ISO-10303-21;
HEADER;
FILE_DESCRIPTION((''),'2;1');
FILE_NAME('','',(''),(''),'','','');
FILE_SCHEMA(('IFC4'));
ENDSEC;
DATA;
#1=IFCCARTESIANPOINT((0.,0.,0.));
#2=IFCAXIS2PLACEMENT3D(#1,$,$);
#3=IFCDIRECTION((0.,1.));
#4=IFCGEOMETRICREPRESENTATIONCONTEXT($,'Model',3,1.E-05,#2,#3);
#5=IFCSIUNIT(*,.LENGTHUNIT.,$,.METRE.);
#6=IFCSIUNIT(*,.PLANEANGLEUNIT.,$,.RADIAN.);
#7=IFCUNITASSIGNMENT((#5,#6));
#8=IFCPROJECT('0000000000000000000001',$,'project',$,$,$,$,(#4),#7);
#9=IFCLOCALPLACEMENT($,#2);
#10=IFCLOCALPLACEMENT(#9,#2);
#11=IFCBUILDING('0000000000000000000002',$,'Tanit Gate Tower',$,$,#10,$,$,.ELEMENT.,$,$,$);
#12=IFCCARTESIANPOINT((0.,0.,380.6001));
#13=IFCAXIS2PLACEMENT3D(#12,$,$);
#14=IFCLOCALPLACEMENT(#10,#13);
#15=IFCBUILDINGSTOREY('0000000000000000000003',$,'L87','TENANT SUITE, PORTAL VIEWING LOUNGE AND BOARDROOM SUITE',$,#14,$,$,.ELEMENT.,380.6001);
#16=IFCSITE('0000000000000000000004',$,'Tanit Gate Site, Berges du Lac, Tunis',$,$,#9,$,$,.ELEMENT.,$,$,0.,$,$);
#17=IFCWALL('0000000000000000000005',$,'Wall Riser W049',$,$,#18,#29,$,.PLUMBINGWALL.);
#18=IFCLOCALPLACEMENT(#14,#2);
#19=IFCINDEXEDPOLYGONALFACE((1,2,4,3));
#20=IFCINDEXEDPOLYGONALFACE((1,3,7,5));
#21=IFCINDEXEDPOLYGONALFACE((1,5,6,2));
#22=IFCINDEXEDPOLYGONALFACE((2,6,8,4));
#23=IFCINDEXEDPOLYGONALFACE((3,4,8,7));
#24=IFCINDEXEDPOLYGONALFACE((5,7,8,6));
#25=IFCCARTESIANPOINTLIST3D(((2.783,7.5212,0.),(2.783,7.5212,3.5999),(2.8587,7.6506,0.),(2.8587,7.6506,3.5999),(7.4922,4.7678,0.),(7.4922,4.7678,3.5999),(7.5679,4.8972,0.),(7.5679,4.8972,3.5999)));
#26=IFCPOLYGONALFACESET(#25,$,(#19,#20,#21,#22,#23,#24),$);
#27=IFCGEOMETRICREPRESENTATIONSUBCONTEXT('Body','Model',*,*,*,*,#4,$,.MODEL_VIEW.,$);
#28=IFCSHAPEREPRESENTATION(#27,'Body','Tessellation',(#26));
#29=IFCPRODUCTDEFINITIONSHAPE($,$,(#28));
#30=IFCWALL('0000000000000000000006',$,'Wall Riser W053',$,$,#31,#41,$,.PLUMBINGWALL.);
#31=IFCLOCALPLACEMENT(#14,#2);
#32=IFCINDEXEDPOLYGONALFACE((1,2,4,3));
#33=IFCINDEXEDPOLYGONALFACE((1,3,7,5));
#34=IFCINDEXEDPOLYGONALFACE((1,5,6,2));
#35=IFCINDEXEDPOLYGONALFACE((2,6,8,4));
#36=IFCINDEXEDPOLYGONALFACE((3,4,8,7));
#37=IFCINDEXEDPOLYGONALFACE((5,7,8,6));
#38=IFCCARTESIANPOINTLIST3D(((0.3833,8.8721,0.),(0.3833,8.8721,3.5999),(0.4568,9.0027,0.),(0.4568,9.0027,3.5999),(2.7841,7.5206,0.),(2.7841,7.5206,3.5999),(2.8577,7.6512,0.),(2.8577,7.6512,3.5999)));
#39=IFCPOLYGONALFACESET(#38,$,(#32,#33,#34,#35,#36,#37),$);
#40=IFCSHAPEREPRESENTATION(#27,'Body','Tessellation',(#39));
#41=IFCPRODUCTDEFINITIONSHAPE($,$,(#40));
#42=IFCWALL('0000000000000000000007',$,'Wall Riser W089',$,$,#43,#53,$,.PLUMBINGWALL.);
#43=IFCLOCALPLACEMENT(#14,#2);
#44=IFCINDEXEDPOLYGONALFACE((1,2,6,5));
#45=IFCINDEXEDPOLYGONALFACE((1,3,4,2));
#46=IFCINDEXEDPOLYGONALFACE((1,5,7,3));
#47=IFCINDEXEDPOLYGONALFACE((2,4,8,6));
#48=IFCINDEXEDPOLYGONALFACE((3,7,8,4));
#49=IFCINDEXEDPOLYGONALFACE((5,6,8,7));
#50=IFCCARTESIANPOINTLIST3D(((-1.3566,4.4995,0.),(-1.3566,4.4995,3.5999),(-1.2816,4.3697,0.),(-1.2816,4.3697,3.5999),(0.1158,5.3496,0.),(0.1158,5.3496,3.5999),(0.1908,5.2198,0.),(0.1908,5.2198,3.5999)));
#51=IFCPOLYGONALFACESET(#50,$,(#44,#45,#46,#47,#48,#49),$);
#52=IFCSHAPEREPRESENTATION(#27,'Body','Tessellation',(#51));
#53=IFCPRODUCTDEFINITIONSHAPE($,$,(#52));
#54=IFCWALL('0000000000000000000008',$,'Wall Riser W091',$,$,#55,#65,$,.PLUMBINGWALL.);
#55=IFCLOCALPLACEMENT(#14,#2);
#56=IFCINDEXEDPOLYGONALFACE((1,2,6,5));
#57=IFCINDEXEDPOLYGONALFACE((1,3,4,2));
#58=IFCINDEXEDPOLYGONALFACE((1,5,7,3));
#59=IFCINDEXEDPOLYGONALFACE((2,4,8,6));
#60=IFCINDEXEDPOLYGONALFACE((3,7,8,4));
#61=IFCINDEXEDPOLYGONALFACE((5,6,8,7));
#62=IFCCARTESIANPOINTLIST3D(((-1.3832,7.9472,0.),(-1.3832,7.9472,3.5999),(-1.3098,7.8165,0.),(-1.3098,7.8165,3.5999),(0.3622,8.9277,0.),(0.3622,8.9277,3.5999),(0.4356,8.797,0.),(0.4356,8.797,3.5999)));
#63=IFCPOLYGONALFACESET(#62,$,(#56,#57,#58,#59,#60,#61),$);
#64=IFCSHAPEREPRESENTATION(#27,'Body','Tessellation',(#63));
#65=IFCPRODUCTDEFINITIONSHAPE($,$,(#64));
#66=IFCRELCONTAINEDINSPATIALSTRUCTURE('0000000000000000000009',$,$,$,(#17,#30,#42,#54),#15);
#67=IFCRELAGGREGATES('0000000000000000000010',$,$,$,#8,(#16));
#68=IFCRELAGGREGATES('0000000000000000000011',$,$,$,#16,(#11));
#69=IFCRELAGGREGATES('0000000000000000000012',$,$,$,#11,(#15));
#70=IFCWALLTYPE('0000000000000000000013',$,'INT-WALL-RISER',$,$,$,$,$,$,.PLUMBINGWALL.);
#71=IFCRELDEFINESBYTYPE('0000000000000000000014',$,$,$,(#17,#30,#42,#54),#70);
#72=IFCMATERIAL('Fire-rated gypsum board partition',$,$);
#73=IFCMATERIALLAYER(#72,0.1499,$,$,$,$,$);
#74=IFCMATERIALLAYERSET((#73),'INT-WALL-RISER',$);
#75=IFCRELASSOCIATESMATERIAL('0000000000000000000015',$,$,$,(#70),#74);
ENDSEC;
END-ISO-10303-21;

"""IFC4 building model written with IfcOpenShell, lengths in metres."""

from ifc_helpers import new_model, si_unit, direction, frame, frame_2d, origin, place, context, subcontext, project, spatial, rectangle, extrude, material, layer, layer_set, type_object, element, save


model = new_model("IFC4")

# Units and contexts
model_context = context("Model", 3, precision=1e-05, world=origin(), true_north=direction((0.0, 1.0)))
body_context = subcontext(model_context, "Body", "Model", "MODEL_VIEW")
ifc_project = project(units=[si_unit("LENGTHUNIT", "METRE"), si_unit("PLANEANGLEUNIT", "RADIAN")], contexts=[model_context])

# Site, building, storey
site_placement = place(None, origin())
site = spatial("IfcSite", under=ifc_project, at=site_placement, Name="Tanit Gate Site, Berges du Lac, Tunis", CompositionType="ELEMENT", RefElevation=0.0)
building_placement = place(site_placement, origin())
building = spatial("IfcBuilding", under=site, at=building_placement, Name="Tanit Gate Tower", CompositionType="ELEMENT")
storey_placement = place(building_placement, frame((0.0, 0.0, 380.6001)))
storey = spatial("IfcBuildingStorey", under=building, at=storey_placement, Name="L87", Description="TENANT SUITE, PORTAL VIEWING LOUNGE AND BOARDROOM SUITE", CompositionType="ELEMENT", Elevation=380.6001)

# Walls
ifc_material_1 = material(Name="Fire-rated gypsum board partition")
ifc_layer_1 = layer(ifc_material_1, 0.1499)
ifc_layer_set_1 = layer_set([ifc_layer_1], Name="INT-WALL-RISER")
wall_type_1 = type_object("IfcWallType", Name="INT-WALL-RISER", PredefinedType="PLUMBINGWALL", material=ifc_layer_set_1)
wall_1_placement = place(storey_placement, frame((7.53, 4.8325, 0.0), z_axis=(0.0, 0.0, 1.0), x_axis=(-0.86327, 0.504742, 0.0)))
element("IfcWall", 1, at=wall_1_placement, inside=storey, type_object=wall_type_1, Name="Wall Riser W049", PredefinedType="PLUMBINGWALL", context=body_context, shape_type="SweptSolid", body=[
    extrude(rectangle(XDim=5.4551, YDim=0.1499, at=frame_2d((2.7275, 0.0))), origin(), (0.0, 0.0, 1.0), 3.5999),
])
wall_2_placement = place(storey_placement, frame((2.8208, 7.5859, 0.0), z_axis=(0.0, 0.0, 1.0), x_axis=(-0.87141, 0.490556, 0.0)))
element("IfcWall", 2, at=wall_2_placement, inside=storey, type_object=wall_type_1, Name="Wall Riser W053", PredefinedType="PLUMBINGWALL", context=body_context, shape_type="SweptSolid", body=[
    extrude(rectangle(XDim=2.7551, YDim=0.1499, at=frame_2d((1.3774, 0.0))), origin(), (0.0, 0.0, 1.0), 3.5999),
])
wall_3_placement = place(storey_placement, frame((0.1533, 5.2847, 0.0), z_axis=(0.0, 0.0, 1.0), x_axis=(-0.866025, -0.5, 0.0)))
element("IfcWall", 3, at=wall_3_placement, inside=storey, type_object=wall_type_1, Name="Wall Riser W089", PredefinedType="PLUMBINGWALL", context=body_context, shape_type="SweptSolid", body=[
    extrude(rectangle(XDim=1.7002, YDim=0.1499, at=frame_2d((0.8501, 0.0))), origin(), (0.0, 0.0, 1.0), 3.5999),
])
wall_4_placement = place(storey_placement, frame((0.3989, 8.8623, 0.0), z_axis=(0.0, 0.0, 1.0), x_axis=(-0.871852, -0.489769, 0.0)))
element("IfcWall", 4, at=wall_4_placement, inside=storey, type_object=wall_type_1, Name="Wall Riser W091", PredefinedType="PLUMBINGWALL", context=body_context, shape_type="SweptSolid", body=[
    extrude(rectangle(XDim=2.002, YDim=0.1499, at=frame_2d((1.001, 0.0))), origin(), (0.0, 0.0, 1.0), 3.5999),
])

save(model, "model.ifc")
